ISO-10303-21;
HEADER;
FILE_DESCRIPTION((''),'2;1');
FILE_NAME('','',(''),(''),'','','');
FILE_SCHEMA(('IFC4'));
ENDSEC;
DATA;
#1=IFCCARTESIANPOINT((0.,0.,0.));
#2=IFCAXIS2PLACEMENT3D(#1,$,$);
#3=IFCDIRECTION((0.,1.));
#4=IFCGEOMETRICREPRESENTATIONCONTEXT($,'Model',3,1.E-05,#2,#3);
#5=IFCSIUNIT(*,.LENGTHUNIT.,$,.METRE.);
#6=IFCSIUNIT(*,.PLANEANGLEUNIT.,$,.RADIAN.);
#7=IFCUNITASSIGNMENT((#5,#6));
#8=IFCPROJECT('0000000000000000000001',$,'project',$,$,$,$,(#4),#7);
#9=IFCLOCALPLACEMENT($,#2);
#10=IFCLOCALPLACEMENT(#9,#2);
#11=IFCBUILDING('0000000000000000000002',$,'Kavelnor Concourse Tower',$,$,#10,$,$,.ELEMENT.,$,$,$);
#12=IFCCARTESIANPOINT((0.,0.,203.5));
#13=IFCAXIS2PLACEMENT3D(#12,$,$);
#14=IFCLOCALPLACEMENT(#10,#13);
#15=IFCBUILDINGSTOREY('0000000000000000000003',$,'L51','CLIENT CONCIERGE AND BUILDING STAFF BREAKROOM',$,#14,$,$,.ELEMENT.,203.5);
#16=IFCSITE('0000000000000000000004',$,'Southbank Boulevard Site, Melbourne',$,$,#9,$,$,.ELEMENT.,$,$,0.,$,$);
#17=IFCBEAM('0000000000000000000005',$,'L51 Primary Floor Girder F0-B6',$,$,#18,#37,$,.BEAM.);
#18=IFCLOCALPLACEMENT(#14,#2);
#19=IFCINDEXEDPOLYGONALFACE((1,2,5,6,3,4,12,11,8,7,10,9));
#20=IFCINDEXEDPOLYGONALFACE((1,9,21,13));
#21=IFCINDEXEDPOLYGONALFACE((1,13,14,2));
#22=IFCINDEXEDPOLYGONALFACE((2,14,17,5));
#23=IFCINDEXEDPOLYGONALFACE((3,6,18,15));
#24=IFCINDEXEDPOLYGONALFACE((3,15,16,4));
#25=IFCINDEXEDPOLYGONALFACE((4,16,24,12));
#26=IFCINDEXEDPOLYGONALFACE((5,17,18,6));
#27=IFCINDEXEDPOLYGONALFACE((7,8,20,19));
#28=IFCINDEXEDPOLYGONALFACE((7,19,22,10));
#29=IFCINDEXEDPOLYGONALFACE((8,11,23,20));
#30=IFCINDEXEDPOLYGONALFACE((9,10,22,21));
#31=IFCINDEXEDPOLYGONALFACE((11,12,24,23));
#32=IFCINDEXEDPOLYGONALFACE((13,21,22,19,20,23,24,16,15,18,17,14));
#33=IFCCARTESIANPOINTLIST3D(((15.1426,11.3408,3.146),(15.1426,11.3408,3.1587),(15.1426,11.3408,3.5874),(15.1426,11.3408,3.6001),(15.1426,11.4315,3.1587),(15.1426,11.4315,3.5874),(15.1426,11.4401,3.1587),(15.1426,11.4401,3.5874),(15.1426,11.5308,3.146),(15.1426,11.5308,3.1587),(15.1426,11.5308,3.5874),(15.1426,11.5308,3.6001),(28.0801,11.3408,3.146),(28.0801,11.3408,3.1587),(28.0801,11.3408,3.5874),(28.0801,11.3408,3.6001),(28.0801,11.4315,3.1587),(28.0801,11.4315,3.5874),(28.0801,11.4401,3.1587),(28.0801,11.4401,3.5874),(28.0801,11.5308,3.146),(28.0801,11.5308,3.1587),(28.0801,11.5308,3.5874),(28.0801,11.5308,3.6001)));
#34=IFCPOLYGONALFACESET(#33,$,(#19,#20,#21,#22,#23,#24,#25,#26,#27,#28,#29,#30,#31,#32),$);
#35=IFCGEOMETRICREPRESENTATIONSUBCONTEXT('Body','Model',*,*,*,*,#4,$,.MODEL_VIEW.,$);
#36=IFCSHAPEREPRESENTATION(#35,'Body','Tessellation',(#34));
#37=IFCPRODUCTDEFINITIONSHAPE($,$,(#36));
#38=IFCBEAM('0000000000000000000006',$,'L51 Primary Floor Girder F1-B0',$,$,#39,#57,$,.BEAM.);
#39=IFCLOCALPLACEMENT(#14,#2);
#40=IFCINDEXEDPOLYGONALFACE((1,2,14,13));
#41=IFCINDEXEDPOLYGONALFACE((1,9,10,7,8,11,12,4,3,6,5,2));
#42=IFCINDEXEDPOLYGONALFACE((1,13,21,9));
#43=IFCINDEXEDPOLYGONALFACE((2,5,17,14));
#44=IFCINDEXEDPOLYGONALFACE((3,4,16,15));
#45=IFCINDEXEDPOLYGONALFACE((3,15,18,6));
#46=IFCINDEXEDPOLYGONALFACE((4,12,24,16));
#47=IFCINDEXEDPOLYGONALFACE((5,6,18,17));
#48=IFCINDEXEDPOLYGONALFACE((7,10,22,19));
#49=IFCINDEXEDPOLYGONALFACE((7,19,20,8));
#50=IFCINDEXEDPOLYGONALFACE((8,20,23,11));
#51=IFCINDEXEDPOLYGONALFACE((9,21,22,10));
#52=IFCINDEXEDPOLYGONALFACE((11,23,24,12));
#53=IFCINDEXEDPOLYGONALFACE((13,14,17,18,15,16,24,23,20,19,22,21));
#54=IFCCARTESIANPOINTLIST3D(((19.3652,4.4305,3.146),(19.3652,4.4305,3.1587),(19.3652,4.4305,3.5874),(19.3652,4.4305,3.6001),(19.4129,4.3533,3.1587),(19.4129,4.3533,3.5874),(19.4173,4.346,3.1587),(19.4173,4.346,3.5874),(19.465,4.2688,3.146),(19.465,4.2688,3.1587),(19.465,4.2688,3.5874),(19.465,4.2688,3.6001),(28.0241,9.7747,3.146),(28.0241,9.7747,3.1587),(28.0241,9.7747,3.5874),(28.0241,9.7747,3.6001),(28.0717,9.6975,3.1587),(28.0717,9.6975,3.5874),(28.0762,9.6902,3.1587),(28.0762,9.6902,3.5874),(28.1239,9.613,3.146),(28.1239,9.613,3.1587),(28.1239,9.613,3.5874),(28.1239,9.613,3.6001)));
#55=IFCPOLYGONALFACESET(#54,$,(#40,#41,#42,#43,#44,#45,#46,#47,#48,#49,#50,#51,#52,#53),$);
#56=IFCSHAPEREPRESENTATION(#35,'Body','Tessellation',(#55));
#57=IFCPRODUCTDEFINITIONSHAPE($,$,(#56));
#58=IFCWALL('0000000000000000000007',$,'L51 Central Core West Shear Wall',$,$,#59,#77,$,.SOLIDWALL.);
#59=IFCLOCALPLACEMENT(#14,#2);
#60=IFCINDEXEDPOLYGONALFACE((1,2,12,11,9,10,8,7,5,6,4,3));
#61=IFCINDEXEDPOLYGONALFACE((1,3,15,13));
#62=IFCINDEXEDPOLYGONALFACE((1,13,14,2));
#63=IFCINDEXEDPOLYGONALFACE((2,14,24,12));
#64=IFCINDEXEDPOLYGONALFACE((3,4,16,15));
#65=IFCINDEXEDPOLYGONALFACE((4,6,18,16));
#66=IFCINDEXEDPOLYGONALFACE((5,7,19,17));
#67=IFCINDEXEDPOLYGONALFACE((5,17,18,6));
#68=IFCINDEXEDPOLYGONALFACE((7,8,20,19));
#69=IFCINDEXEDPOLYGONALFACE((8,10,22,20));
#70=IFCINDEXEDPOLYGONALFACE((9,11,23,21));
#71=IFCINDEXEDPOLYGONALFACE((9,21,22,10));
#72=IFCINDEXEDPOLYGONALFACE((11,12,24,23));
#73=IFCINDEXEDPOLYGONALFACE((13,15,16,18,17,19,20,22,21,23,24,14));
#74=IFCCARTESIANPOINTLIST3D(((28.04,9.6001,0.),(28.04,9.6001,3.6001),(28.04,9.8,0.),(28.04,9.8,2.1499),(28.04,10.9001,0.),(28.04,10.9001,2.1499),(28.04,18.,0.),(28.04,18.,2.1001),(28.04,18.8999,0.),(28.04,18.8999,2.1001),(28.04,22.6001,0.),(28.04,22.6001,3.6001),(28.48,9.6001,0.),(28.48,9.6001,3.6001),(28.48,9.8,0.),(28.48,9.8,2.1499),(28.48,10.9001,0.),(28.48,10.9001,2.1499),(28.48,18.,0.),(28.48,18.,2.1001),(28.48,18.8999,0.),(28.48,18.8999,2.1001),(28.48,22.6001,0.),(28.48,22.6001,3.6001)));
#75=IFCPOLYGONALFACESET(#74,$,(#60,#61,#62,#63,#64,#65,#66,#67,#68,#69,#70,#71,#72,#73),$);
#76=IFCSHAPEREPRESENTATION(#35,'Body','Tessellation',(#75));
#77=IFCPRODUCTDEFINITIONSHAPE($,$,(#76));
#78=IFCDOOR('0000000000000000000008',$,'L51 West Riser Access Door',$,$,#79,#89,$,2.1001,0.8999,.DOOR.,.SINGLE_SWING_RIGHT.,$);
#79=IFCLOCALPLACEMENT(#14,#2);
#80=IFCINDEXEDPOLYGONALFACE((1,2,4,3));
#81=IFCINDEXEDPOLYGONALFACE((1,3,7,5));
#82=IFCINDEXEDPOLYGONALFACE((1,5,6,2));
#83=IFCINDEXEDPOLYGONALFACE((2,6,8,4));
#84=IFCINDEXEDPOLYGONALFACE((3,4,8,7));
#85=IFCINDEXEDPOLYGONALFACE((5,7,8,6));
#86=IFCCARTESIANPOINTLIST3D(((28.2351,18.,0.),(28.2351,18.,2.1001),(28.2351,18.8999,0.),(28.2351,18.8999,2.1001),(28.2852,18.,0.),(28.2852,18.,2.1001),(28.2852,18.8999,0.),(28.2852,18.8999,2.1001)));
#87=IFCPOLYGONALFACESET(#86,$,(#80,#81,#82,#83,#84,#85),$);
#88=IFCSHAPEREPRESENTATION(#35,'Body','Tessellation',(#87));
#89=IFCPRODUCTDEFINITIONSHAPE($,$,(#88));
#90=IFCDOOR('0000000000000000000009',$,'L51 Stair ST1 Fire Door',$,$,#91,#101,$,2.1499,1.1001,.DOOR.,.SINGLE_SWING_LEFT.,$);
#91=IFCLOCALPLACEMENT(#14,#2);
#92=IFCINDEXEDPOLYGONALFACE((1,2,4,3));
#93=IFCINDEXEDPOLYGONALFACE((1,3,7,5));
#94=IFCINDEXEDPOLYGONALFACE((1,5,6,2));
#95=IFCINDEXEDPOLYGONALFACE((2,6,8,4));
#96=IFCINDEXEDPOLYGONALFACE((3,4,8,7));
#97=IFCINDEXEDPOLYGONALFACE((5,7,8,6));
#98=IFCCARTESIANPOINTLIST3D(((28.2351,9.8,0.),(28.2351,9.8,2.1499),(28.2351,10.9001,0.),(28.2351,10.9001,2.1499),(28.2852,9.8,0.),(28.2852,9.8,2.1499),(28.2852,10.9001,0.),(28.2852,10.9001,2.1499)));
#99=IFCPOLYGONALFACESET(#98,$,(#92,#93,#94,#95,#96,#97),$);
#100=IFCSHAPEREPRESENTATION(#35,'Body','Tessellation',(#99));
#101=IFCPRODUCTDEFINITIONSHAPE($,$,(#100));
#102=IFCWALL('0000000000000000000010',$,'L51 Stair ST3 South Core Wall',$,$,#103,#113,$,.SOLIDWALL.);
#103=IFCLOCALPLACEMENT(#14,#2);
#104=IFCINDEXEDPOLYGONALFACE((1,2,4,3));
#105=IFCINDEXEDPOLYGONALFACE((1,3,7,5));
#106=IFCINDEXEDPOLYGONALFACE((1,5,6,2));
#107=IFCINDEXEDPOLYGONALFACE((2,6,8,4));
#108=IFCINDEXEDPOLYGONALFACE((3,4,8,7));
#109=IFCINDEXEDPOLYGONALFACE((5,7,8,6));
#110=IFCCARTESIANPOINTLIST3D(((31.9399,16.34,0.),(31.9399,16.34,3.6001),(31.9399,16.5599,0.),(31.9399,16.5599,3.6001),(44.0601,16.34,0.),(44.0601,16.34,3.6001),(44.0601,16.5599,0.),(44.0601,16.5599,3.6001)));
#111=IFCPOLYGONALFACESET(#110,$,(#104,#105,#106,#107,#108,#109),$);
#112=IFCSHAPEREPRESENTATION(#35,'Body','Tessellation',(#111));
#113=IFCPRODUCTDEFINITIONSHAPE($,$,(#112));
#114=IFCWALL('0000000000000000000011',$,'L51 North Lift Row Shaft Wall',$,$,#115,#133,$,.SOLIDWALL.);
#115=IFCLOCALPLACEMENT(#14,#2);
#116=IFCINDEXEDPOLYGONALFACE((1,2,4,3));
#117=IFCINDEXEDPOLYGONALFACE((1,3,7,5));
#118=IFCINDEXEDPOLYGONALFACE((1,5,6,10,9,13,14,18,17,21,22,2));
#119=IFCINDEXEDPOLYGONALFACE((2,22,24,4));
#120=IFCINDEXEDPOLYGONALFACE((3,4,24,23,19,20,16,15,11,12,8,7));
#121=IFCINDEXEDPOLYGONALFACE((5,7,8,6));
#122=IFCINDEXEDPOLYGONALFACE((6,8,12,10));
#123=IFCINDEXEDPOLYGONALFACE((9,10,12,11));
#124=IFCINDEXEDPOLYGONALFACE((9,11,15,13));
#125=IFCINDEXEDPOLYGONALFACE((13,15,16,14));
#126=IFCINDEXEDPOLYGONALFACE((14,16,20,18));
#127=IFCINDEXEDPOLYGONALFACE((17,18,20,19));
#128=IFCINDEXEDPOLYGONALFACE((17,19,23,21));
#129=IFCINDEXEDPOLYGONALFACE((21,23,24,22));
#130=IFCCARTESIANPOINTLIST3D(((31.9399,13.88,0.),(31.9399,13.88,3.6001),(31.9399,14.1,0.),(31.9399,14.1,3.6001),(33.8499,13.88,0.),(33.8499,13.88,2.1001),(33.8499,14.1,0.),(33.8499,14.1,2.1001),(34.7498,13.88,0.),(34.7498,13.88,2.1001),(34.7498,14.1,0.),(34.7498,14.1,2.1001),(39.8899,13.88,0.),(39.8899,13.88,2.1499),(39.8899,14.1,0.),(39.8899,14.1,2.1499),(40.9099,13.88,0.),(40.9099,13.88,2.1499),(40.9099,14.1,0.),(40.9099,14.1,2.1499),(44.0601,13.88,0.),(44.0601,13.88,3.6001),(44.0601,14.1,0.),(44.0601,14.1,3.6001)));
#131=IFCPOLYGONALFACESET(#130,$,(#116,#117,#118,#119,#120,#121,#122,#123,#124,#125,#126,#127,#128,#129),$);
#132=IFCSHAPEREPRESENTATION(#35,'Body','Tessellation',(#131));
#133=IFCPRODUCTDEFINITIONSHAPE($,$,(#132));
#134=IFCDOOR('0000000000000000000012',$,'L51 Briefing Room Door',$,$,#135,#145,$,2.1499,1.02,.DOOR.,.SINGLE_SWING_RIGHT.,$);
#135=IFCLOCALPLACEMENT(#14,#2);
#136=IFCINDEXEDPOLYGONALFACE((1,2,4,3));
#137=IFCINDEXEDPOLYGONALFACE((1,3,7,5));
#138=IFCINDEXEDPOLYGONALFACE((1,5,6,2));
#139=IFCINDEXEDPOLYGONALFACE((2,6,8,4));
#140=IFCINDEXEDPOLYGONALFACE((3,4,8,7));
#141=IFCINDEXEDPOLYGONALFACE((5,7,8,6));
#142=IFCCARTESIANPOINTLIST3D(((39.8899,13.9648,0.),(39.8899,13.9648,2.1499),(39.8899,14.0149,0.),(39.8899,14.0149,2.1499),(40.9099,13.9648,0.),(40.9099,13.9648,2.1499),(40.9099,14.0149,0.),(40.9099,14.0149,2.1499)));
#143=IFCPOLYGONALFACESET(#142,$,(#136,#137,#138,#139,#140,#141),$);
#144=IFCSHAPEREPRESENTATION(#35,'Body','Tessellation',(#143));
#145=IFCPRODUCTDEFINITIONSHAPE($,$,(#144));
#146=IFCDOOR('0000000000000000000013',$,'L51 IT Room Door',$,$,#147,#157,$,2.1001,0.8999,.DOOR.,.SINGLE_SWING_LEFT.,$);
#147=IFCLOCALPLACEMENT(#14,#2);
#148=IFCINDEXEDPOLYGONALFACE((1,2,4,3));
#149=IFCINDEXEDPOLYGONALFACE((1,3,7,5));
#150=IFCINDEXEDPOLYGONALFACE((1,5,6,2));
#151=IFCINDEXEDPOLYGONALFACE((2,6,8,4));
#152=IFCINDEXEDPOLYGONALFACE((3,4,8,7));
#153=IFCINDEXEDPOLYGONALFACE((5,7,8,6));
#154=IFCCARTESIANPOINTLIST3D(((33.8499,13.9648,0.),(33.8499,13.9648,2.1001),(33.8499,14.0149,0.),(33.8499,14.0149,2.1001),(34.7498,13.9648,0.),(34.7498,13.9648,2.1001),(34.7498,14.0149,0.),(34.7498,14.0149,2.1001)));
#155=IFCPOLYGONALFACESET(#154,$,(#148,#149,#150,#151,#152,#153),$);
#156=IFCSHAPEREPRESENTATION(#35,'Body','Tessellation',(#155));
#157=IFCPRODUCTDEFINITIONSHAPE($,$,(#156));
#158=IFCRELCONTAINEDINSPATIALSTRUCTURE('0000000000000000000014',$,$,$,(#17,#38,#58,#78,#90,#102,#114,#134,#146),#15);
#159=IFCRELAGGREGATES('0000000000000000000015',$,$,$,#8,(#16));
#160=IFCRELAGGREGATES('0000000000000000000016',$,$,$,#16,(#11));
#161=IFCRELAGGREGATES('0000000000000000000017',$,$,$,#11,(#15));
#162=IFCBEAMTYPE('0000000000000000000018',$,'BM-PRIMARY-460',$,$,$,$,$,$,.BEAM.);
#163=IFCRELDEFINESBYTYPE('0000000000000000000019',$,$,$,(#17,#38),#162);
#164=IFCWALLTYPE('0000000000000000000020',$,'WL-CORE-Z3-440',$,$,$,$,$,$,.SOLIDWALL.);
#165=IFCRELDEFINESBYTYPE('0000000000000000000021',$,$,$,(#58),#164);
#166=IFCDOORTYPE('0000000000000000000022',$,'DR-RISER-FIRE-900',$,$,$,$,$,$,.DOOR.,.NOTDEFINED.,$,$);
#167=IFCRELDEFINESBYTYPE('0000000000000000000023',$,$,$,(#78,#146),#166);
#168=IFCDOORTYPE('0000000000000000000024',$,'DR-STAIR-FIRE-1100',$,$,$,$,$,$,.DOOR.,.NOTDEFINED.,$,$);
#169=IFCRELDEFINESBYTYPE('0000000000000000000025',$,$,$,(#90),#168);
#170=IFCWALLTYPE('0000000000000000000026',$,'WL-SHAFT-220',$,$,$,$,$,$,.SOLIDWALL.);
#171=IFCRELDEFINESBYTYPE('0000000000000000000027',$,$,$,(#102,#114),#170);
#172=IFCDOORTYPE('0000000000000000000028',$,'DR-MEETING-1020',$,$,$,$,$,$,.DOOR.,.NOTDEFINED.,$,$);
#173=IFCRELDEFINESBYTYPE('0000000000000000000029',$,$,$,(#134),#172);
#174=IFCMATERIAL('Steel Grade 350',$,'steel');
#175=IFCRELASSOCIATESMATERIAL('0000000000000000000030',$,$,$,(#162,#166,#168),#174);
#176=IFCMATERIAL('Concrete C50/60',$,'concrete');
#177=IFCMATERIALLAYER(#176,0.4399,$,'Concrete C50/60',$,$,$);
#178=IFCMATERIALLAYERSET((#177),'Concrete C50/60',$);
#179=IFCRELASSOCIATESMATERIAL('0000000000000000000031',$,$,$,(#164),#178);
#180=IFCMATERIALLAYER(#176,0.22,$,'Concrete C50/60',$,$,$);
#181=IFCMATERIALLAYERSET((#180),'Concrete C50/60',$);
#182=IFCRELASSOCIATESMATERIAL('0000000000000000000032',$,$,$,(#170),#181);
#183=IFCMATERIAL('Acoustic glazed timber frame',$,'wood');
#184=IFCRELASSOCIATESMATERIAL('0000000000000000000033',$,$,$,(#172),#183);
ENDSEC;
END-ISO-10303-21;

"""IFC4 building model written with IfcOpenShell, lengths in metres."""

from ifc_helpers import new_model, si_unit, direction, frame, frame_2d, origin, origin_2d, place, context, subcontext, project, spatial, rectangle, i_section, extrude, material, layer, layer_set, material_profile, profile_set, type_object, element, fill, save


model = new_model("IFC4")

# Units and contexts
model_context = context("Model", 3, precision=1e-05, world=origin(), true_north=direction((0.0, 1.0)))
body_context = subcontext(model_context, "Body", "Model", "MODEL_VIEW")
ifc_project = project(units=[si_unit("LENGTHUNIT", "METRE"), si_unit("PLANEANGLEUNIT", "RADIAN")], contexts=[model_context])

# Site, building, storey
site_placement = place(None, origin())
site = spatial("IfcSite", under=ifc_project, at=site_placement, Name="Southbank Boulevard Site, Melbourne", CompositionType="ELEMENT", RefElevation=0.0)
building_placement = place(site_placement, origin())
building = spatial("IfcBuilding", under=site, at=building_placement, Name="Kavelnor Concourse Tower", CompositionType="ELEMENT")
storey_placement = place(building_placement, frame((0.0, 0.0, 203.5)))
storey = spatial("IfcBuildingStorey", under=building, at=storey_placement, Name="L51", Description="CLIENT CONCIERGE AND BUILDING STAFF BREAKROOM", CompositionType="ELEMENT", Elevation=203.5)

# Beams
ifc_material_1 = material(Name="Steel Grade 350", Category="steel")
ifc_material_profile = material_profile(ifc_material_1, i_section(OverallWidth=0.1899, OverallDepth=0.4541, WebThickness=0.0085, FlangeThickness=0.0127, at=origin_2d()), Name="460UB67")
ifc_profile_set = profile_set([ifc_material_profile], Name="Steel Grade 350")
beam_type = type_object("IfcBeamType", Name="BM-PRIMARY-460", PredefinedType="BEAM", material=ifc_profile_set)
beam_1_placement = place(storey_placement, frame((28.0801, 11.4358, 3.373), z_axis=(-1.0, 0.0, 0.0), x_axis=(0.0, -1.0, 0.0)))
element("IfcBeam", 1, at=beam_1_placement, inside=storey, type_object=beam_type, Name="L51 Primary Floor Girder F0-B6", PredefinedType="BEAM", context=body_context, shape_type="SweptSolid", body=[
    extrude(i_section(OverallWidth=0.1899, OverallDepth=0.4541, WebThickness=0.0085, FlangeThickness=0.0127, at=origin_2d()), origin(), (0.0, 0.0, 1.0), 12.9375),
])
beam_2_placement = place(storey_placement, frame((28.074, 9.6938, 3.373), z_axis=(-0.850971, -0.525213, 0.0), x_axis=(0.525213, -0.850971, 0.0)))
element("IfcBeam", 2, at=beam_2_placement, inside=storey, type_object=beam_type, Name="L51 Primary Floor Girder F1-B0", PredefinedType="BEAM", context=body_context, shape_type="SweptSolid", body=[
    extrude(i_section(OverallWidth=0.1899, OverallDepth=0.4541, WebThickness=0.0085, FlangeThickness=0.0127, at=origin_2d()), origin(), (0.0, 0.0, 1.0), 10.1753),
])

# Wall, openings, doors
ifc_material_2 = material(Name="Concrete C50/60", Category="concrete")
ifc_layer_1 = layer(ifc_material_2, 0.4399, Name="Concrete C50/60")
ifc_layer_set_1 = layer_set([ifc_layer_1], Name="Concrete C50/60")
wall_type_1 = type_object("IfcWallType", Name="WL-CORE-Z3-440", PredefinedType="SOLIDWALL", material=ifc_layer_set_1)
wall_1_placement = place(storey_placement, frame((28.26, 9.6001, 0.0), z_axis=(0.0, 0.0, 1.0), x_axis=(0.0, 1.0, 0.0)))
wall_1 = element("IfcWall", 3, at=wall_1_placement, inside=storey, type_object=wall_type_1, Name="L51 Central Core West Shear Wall", PredefinedType="SOLIDWALL", context=body_context, shape_type="SweptSolid", body=[
    extrude(rectangle(XDim=13.0, YDim=0.4399, at=frame_2d((6.5, 0.0))), origin(), (0.0, 0.0, 1.0), 3.6001),
])
opening_1_placement = place(wall_1_placement, frame((0.2, 0.0, 0.0)))
opening_1 = element("IfcOpeningElement", 4, at=opening_1_placement, cuts=wall_1, PredefinedType="OPENING", context=body_context, shape_type="SweptSolid", body=[
    extrude(rectangle(XDim=1.1001, YDim=2.1499, at=frame_2d((0.55, 1.075))), frame((0.0, 0.23, 0.0), z_axis=(0.0, -1.0, 0.0), x_axis=(1.0, 0.0, 0.0)), (0.0, 0.0, 1.0), 0.46),
])
opening_2_placement = place(wall_1_placement, frame((8.3999, 0.0, 0.0)))
opening_2 = element("IfcOpeningElement", 5, at=opening_2_placement, cuts=wall_1, PredefinedType="OPENING", context=body_context, shape_type="SweptSolid", body=[
    extrude(rectangle(XDim=0.8999, YDim=2.1001, at=frame_2d((0.45, 1.05))), frame((0.0, 0.23, 0.0), z_axis=(0.0, -1.0, 0.0), x_axis=(1.0, 0.0, 0.0)), (0.0, 0.0, 1.0), 0.46),
])
door_type_1 = type_object("IfcDoorType", Name="DR-RISER-FIRE-900", OperationType="NOTDEFINED", PredefinedType="DOOR", material=ifc_material_1)
door_1_placement = place(opening_2_placement, origin())
door_1 = element("IfcDoor", 6, at=door_1_placement, inside=storey, type_object=door_type_1, Name="L51 West Riser Access Door", OperationType="SINGLE_SWING_RIGHT", OverallHeight=2.1001, OverallWidth=0.8999, PredefinedType="DOOR", context=body_context, shape_type="SweptSolid", body=[
    extrude(rectangle(XDim=0.8999, YDim=2.1001, at=frame_2d((0.45, 1.05))), frame((0.0, 0.0249, 0.0), z_axis=(0.0, -1.0, 0.0), x_axis=(1.0, 0.0, 0.0)), (0.0, 0.0, 1.0), 0.05),
])
fill(opening_2, door_1)
door_type_2 = type_object("IfcDoorType", Name="DR-STAIR-FIRE-1100", OperationType="NOTDEFINED", PredefinedType="DOOR", material=ifc_material_1)
door_2_placement = place(opening_1_placement, origin())
door_2 = element("IfcDoor", 7, at=door_2_placement, inside=storey, type_object=door_type_2, Name="L51 Stair ST1 Fire Door", OperationType="SINGLE_SWING_LEFT", OverallHeight=2.1499, OverallWidth=1.1001, PredefinedType="DOOR", context=body_context, shape_type="SweptSolid", body=[
    extrude(rectangle(XDim=1.1001, YDim=2.1499, at=frame_2d((0.55, 1.075))), frame((0.0, 0.0249, 0.0), z_axis=(0.0, -1.0, 0.0), x_axis=(1.0, 0.0, 0.0)), (0.0, 0.0, 1.0), 0.05),
])
fill(opening_1, door_2)

# Wall
ifc_layer_2 = layer(ifc_material_2, 0.22, Name="Concrete C50/60")
ifc_layer_set_2 = layer_set([ifc_layer_2], Name="Concrete C50/60")
wall_type_2 = type_object("IfcWallType", Name="WL-SHAFT-220", PredefinedType="SOLIDWALL", material=ifc_layer_set_2)
wall_2_placement = place(storey_placement, frame((31.9399, 16.45, 0.0), z_axis=(0.0, 0.0, 1.0), x_axis=(1.0, 0.0, 0.0)))
element("IfcWall", 8, at=wall_2_placement, inside=storey, type_object=wall_type_2, Name="L51 Stair ST3 South Core Wall", PredefinedType="SOLIDWALL", context=body_context, shape_type="SweptSolid", body=[
    extrude(rectangle(XDim=12.1201, YDim=0.22, at=frame_2d((6.0601, 0.0))), origin(), (0.0, 0.0, 1.0), 3.6001),
])

# Wall, openings, doors
wall_3_placement = place(storey_placement, frame((31.9399, 13.99, 0.0), z_axis=(0.0, 0.0, 1.0), x_axis=(1.0, 0.0, 0.0)))
wall_3 = element("IfcWall", 9, at=wall_3_placement, inside=storey, type_object=wall_type_2, Name="L51 North Lift Row Shaft Wall", PredefinedType="SOLIDWALL", context=body_context, shape_type="SweptSolid", body=[
    extrude(rectangle(XDim=12.1201, YDim=0.22, at=frame_2d((6.0601, 0.0))), origin(), (0.0, 0.0, 1.0), 3.6001),
])
opening_3_placement = place(wall_3_placement, frame((1.9099, 0.0, 0.0)))
opening_3 = element("IfcOpeningElement", 10, at=opening_3_placement, cuts=wall_3, PredefinedType="OPENING", context=body_context, shape_type="SweptSolid", body=[
    extrude(rectangle(XDim=0.8999, YDim=2.1001, at=frame_2d((0.45, 1.05))), frame((0.0, 0.1201, 0.0), z_axis=(0.0, -1.0, 0.0), x_axis=(1.0, 0.0, 0.0)), (0.0, 0.0, 1.0), 0.24),
])
opening_4_placement = place(wall_3_placement, frame((7.95, 0.0, 0.0)))
opening_4 = element("IfcOpeningElement", 11, at=opening_4_placement, cuts=wall_3, PredefinedType="OPENING", context=body_context, shape_type="SweptSolid", body=[
    extrude(rectangle(XDim=1.02, YDim=2.1499, at=frame_2d((0.51, 1.075))), frame((0.0, 0.1201, 0.0), z_axis=(0.0, -1.0, 0.0), x_axis=(1.0, 0.0, 0.0)), (0.0, 0.0, 1.0), 0.24),
])
ifc_material_3 = material(Name="Acoustic glazed timber frame", Category="wood")
door_type_3 = type_object("IfcDoorType", Name="DR-MEETING-1020", OperationType="NOTDEFINED", PredefinedType="DOOR", material=ifc_material_3)
door_3_placement = place(opening_4_placement, origin())
door_3 = element("IfcDoor", 12, at=door_3_placement, inside=storey, type_object=door_type_3, Name="L51 Briefing Room Door", OperationType="SINGLE_SWING_RIGHT", OverallHeight=2.1499, OverallWidth=1.02, PredefinedType="DOOR", context=body_context, shape_type="SweptSolid", body=[
    extrude(rectangle(XDim=1.02, YDim=2.1499, at=frame_2d((0.51, 1.075))), frame((0.0, 0.0249, 0.0), z_axis=(0.0, -1.0, 0.0), x_axis=(1.0, 0.0, 0.0)), (0.0, 0.0, 1.0), 0.05),
])
fill(opening_4, door_3)
door_4_placement = place(opening_3_placement, origin())
door_4 = element("IfcDoor", 13, at=door_4_placement, inside=storey, type_object=door_type_1, Name="L51 IT Room Door", OperationType="SINGLE_SWING_LEFT", OverallHeight=2.1001, OverallWidth=0.8999, PredefinedType="DOOR", context=body_context, shape_type="SweptSolid", body=[
    extrude(rectangle(XDim=0.8999, YDim=2.1001, at=frame_2d((0.45, 1.05))), frame((0.0, 0.0249, 0.0), z_axis=(0.0, -1.0, 0.0), x_axis=(1.0, 0.0, 0.0)), (0.0, 0.0, 1.0), 0.05),
])
fill(opening_3, door_4)

save(model, "model.ifc")
